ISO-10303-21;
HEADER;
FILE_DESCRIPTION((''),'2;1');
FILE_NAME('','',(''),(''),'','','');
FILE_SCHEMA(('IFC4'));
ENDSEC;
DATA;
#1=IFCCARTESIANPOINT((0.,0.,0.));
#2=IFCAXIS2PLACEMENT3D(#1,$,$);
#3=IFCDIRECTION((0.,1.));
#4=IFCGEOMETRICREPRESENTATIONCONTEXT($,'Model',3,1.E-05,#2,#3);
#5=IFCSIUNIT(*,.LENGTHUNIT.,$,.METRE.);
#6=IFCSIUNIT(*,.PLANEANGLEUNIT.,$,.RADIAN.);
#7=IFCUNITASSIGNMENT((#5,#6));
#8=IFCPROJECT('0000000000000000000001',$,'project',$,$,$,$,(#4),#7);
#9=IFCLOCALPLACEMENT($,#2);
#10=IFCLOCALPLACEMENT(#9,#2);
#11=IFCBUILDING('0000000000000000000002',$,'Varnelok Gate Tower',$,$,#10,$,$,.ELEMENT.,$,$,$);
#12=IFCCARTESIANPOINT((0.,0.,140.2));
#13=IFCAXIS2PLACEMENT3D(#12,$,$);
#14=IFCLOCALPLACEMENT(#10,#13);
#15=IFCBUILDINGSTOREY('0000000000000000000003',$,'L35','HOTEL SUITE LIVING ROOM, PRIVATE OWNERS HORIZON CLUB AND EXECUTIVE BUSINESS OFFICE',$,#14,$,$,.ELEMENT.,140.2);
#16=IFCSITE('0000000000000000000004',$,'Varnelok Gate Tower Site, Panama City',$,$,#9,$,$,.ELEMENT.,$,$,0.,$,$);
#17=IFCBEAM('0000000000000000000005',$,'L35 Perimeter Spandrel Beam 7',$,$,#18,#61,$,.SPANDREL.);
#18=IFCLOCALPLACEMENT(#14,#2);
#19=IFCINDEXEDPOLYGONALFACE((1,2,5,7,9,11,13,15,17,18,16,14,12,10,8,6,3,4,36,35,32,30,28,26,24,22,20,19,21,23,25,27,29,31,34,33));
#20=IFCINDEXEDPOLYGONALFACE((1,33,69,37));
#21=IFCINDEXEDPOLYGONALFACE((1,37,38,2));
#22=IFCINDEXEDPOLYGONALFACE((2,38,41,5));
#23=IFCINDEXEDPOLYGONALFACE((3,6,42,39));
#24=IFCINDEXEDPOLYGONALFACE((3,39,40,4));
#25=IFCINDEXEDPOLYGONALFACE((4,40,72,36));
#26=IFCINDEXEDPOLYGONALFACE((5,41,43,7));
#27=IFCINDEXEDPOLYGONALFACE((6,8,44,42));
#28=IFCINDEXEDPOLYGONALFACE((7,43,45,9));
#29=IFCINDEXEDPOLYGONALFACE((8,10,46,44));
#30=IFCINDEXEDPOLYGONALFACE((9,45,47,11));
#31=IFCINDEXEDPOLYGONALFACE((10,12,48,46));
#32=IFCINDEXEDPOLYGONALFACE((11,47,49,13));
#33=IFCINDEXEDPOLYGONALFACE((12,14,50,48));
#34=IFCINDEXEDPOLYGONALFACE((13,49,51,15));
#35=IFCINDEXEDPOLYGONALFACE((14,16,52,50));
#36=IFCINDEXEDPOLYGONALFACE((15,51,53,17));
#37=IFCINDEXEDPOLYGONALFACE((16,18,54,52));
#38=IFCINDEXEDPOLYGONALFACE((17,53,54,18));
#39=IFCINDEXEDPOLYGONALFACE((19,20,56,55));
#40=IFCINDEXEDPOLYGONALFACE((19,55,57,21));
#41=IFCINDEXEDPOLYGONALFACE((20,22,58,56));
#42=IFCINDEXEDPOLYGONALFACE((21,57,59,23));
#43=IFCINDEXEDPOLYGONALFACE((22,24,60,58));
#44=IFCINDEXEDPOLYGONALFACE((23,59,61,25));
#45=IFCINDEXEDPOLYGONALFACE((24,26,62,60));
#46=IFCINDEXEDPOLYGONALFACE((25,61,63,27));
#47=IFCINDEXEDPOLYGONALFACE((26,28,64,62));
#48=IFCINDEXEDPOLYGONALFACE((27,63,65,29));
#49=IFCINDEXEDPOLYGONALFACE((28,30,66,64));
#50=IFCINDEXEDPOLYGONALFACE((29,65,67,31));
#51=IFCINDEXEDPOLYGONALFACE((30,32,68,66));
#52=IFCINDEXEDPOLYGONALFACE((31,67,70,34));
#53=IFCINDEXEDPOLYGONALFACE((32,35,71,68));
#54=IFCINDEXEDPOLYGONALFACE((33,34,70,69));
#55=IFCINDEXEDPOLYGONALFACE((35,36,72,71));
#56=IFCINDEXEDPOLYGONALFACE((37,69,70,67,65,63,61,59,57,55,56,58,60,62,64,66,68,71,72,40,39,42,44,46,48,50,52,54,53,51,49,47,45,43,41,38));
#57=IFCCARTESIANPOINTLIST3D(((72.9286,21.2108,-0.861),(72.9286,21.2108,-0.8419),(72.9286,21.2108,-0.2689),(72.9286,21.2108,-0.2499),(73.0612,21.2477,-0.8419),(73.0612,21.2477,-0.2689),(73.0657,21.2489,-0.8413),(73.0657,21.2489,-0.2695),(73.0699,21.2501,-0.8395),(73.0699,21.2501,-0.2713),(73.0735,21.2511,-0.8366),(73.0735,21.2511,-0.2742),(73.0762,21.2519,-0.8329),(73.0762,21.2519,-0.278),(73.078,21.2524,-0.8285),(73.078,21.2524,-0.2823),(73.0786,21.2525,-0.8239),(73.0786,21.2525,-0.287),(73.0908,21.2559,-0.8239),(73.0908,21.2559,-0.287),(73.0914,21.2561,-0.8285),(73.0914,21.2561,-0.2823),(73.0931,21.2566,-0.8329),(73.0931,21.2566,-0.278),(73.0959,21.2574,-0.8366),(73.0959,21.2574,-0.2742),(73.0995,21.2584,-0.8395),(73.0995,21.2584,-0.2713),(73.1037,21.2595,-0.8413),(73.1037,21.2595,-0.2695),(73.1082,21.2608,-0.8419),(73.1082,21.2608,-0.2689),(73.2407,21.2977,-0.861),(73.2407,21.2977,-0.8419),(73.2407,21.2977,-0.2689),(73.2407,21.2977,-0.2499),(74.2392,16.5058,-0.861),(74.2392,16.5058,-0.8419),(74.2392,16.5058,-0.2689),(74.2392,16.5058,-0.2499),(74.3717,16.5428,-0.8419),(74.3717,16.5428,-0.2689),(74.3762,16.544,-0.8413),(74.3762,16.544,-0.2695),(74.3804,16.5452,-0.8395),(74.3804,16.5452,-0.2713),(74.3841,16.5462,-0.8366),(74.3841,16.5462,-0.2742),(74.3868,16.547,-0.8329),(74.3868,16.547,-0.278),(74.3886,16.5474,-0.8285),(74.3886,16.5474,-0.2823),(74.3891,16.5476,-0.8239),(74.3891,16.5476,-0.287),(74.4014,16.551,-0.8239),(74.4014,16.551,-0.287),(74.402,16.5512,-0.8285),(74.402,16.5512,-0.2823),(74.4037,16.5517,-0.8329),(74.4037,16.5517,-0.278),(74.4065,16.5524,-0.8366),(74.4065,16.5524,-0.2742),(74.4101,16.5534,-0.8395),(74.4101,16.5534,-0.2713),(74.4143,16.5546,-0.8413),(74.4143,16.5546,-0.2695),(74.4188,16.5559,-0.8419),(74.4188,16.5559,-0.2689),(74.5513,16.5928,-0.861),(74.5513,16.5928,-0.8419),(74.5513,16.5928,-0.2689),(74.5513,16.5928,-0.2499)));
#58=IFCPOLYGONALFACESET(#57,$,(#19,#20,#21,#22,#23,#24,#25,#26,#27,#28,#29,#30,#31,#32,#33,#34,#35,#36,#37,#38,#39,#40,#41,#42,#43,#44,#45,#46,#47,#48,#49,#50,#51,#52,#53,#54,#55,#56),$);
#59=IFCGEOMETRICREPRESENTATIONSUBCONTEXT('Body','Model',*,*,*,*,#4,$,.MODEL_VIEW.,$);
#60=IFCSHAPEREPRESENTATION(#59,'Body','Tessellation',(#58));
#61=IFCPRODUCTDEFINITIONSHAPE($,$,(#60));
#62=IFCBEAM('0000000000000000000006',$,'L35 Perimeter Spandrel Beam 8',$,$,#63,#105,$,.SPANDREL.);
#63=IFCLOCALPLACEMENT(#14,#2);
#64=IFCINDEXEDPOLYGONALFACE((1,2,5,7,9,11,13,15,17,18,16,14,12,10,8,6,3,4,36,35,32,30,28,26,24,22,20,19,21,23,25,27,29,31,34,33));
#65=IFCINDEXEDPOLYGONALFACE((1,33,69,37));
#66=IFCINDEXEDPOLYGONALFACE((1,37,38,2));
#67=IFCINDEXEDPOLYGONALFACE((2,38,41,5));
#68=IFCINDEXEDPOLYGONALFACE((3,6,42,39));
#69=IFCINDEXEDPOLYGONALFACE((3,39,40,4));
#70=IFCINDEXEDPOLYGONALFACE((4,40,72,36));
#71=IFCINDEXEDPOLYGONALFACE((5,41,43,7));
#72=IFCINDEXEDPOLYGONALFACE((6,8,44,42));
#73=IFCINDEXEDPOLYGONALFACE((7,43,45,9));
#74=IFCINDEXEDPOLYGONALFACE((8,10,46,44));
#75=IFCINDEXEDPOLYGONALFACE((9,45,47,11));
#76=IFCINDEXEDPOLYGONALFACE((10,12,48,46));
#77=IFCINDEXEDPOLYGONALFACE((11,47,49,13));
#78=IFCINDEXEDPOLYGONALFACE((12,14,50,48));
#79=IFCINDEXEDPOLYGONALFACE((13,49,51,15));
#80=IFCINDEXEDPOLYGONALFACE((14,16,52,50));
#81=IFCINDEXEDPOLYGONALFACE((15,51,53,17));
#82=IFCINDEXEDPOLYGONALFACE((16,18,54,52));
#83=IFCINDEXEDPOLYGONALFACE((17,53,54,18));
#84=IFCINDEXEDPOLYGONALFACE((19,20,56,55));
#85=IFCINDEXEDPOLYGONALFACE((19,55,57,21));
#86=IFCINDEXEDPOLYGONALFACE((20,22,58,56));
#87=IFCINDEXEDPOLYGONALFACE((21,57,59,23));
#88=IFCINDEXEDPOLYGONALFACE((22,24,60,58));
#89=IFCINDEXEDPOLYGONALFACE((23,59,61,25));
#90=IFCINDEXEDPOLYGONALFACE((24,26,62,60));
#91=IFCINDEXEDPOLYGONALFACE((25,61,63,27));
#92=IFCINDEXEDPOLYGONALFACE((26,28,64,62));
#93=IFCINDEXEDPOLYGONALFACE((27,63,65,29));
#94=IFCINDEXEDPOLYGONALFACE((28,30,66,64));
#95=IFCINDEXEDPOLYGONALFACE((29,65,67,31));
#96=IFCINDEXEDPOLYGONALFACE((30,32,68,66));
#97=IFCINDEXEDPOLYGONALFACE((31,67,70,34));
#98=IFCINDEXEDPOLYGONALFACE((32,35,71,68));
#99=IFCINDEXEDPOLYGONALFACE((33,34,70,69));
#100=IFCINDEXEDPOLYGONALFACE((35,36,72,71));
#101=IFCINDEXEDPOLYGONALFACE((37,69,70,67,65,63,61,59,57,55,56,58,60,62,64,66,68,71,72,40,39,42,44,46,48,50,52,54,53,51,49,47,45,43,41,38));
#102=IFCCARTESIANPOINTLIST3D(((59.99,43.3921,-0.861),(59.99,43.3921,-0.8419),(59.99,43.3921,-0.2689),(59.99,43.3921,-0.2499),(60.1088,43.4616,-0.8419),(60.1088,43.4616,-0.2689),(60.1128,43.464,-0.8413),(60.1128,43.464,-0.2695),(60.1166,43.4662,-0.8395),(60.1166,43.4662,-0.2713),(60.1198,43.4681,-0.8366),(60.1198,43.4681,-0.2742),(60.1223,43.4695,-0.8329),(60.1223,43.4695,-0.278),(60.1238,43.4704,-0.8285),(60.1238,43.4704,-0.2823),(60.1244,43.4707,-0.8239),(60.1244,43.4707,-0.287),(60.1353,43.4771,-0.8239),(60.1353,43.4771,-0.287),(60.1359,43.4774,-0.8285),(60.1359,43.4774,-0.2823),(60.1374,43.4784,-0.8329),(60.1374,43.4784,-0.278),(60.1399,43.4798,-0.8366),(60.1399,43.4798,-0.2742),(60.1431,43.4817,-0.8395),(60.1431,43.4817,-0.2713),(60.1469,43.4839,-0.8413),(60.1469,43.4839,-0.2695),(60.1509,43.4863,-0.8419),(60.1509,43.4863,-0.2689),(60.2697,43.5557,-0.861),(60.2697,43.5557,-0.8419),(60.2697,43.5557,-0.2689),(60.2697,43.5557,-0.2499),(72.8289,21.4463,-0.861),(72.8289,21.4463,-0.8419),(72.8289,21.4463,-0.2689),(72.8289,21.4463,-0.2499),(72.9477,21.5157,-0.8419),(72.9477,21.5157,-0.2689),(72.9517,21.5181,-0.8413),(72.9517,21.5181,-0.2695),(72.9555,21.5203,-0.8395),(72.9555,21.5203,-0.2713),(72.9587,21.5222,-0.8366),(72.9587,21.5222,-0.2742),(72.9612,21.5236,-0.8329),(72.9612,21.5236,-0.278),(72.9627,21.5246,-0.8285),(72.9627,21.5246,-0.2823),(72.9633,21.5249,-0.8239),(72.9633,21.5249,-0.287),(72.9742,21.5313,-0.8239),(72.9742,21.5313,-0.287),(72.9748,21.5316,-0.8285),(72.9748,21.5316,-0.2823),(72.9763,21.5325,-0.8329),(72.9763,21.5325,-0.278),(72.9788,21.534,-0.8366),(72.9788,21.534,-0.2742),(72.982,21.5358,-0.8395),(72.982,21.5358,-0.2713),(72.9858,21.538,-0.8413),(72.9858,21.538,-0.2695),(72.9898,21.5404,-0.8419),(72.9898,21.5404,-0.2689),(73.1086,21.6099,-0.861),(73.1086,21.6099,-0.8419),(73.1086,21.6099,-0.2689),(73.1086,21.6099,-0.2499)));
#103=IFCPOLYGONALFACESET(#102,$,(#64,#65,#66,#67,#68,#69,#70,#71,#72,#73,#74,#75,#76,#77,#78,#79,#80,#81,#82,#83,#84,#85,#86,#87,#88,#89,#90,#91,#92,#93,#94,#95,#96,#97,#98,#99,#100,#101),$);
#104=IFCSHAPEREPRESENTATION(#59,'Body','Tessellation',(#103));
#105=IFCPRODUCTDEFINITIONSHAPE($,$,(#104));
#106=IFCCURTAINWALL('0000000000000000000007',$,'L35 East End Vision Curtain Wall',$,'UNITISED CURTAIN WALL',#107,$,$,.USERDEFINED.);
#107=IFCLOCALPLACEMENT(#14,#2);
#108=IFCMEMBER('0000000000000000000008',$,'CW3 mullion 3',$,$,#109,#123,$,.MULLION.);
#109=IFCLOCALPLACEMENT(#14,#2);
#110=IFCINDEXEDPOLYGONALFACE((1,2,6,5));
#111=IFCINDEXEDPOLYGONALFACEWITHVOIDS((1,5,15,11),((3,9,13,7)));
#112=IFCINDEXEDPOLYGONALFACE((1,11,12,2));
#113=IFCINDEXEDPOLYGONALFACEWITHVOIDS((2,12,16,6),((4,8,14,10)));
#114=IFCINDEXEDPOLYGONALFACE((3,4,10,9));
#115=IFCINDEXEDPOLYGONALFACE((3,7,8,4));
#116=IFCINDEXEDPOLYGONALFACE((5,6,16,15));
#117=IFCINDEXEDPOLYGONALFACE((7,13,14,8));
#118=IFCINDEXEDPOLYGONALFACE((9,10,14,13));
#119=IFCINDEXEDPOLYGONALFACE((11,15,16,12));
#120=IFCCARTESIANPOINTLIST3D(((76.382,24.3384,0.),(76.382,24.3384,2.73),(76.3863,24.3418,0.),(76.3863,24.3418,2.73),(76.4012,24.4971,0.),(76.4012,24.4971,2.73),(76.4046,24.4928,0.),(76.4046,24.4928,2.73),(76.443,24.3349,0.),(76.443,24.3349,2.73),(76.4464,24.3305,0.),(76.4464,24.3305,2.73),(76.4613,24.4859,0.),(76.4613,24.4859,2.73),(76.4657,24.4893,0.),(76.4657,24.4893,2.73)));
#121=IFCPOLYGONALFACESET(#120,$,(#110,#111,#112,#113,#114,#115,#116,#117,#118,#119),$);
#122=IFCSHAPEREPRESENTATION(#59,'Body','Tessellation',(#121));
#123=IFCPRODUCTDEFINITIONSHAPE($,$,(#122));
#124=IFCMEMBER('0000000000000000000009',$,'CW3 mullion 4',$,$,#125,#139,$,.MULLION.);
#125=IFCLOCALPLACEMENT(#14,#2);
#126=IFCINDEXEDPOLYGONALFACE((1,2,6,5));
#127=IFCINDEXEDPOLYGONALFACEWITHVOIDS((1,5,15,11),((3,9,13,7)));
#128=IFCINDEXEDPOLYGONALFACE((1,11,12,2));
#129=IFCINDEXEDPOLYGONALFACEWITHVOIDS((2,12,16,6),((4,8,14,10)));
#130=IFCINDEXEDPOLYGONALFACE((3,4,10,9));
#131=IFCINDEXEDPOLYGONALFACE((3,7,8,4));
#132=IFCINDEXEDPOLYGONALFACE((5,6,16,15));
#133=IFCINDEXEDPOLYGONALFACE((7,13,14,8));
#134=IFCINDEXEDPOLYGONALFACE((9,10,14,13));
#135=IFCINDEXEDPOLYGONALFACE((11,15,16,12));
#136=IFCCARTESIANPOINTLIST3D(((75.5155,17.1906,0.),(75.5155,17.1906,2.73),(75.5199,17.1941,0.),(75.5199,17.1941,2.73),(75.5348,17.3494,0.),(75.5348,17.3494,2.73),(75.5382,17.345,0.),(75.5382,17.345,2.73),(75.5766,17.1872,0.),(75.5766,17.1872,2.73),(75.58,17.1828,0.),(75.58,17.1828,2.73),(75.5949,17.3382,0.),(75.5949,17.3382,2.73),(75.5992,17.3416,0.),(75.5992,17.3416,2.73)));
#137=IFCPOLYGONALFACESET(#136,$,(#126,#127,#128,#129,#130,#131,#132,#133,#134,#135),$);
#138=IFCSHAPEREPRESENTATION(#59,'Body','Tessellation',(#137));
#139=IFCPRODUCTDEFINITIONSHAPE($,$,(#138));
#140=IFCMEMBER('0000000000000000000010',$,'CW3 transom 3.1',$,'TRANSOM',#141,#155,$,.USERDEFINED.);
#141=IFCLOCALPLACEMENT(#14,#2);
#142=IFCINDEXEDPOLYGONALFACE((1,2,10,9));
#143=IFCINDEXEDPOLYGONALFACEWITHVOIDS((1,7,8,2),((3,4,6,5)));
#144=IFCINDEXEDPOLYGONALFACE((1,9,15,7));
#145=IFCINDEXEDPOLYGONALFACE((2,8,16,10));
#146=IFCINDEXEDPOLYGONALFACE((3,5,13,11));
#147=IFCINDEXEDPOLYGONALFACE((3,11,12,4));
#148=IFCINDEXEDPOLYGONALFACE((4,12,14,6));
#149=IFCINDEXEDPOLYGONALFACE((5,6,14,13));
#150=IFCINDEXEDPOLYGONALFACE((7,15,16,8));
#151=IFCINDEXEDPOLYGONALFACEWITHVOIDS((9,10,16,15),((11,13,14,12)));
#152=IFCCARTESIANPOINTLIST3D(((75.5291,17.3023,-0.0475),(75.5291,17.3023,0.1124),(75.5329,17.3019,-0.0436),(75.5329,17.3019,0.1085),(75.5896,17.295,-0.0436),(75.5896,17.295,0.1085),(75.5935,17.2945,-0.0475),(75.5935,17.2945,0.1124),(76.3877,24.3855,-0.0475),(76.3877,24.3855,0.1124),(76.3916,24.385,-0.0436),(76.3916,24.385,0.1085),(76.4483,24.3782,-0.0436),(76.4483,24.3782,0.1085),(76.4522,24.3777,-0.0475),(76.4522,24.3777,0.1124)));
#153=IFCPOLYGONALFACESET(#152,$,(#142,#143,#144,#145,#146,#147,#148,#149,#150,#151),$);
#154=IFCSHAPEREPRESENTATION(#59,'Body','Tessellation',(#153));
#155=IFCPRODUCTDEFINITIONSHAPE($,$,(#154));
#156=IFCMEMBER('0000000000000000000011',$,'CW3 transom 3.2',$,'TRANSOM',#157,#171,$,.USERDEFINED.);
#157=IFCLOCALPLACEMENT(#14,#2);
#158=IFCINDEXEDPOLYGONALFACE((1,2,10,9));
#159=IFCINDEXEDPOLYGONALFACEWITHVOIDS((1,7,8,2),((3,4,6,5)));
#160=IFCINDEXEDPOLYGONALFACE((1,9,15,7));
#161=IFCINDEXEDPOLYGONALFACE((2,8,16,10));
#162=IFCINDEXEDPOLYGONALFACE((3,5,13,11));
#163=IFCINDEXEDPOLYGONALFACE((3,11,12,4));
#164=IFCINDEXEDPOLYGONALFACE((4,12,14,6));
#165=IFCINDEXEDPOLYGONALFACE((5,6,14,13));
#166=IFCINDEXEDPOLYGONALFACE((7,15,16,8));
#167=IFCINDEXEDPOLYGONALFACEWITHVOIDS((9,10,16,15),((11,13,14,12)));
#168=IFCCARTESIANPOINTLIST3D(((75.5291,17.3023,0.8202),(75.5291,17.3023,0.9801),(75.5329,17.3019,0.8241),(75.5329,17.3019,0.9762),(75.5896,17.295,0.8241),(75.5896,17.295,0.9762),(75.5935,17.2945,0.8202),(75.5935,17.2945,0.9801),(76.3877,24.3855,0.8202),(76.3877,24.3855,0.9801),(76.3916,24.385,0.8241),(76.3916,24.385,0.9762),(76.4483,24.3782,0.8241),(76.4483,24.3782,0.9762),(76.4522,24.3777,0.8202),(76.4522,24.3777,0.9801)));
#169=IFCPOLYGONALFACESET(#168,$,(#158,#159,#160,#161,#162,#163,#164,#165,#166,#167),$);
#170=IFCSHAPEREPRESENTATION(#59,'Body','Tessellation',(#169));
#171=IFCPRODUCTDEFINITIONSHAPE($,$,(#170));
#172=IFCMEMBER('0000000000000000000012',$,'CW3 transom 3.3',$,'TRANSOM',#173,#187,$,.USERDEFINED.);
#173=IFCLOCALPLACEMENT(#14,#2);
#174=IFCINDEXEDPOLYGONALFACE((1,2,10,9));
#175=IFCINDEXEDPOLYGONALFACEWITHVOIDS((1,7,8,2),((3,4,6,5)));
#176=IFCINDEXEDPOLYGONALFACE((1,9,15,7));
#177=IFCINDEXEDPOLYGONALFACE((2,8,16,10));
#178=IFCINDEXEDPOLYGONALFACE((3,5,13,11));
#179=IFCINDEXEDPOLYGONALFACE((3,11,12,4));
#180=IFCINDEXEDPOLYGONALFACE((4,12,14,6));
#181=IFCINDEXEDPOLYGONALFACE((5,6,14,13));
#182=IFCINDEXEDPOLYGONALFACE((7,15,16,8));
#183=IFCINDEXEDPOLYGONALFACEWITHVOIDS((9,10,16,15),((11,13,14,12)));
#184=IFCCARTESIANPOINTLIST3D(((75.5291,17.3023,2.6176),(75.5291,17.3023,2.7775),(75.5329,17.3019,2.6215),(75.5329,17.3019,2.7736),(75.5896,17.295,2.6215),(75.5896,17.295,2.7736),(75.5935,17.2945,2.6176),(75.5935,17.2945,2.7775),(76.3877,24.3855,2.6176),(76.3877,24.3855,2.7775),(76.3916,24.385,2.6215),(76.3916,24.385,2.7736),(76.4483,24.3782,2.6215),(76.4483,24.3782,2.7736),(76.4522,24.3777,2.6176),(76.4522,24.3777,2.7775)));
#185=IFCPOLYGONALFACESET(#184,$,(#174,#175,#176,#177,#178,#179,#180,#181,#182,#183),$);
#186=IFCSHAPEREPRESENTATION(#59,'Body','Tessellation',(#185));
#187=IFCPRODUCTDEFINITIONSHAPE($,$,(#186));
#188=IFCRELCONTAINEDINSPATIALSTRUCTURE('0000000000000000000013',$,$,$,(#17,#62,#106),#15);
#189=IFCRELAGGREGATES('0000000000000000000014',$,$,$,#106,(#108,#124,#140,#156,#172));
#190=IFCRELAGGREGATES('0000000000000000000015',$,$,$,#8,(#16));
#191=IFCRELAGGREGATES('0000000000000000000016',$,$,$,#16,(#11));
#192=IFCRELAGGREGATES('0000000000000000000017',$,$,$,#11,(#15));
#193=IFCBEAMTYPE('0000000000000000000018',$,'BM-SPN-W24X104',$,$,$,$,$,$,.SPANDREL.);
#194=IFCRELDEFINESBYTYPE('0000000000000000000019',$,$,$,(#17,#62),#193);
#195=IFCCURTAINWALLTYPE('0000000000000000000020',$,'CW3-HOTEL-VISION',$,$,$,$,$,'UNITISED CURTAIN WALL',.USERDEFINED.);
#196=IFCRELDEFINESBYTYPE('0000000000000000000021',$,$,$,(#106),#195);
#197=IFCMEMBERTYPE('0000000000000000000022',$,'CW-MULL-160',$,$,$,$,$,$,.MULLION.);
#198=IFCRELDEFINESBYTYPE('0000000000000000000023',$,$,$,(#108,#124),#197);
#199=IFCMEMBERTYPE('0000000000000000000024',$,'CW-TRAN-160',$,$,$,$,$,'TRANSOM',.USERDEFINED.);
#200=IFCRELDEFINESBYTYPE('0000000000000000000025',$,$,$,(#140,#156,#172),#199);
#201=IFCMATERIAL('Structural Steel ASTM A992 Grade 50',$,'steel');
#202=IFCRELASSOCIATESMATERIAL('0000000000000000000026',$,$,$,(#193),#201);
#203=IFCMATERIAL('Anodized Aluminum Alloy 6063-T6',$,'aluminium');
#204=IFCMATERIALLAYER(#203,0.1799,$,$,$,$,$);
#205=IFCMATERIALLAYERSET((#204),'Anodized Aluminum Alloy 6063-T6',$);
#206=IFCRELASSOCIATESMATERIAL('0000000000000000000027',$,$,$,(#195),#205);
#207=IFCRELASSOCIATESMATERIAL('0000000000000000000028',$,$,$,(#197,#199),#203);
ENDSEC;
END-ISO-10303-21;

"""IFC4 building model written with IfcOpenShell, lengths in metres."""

from ifc_helpers import new_model, si_unit, direction, frame, origin, origin_2d, place, context, subcontext, project, spatial, hollow_rectangle, i_section, extrude, material, layer, layer_set, material_profile, profile_set, type_object, element, aggregate, save


model = new_model("IFC4")

# Units and contexts
model_context = context("Model", 3, precision=1e-05, world=origin(), true_north=direction((0.0, 1.0)))
body_context = subcontext(model_context, "Body", "Model", "MODEL_VIEW")
ifc_project = project(units=[si_unit("LENGTHUNIT", "METRE"), si_unit("PLANEANGLEUNIT", "RADIAN")], contexts=[model_context])

# Site, building, storey
site_placement = place(None, origin())
site = spatial("IfcSite", under=ifc_project, at=site_placement, Name="Varnelok Gate Tower Site, Panama City", CompositionType="ELEMENT", RefElevation=0.0)
building_placement = place(site_placement, origin())
building = spatial("IfcBuilding", under=site, at=building_placement, Name="Varnelok Gate Tower", CompositionType="ELEMENT")
storey_placement = place(building_placement, frame((0.0, 0.0, 140.2)))
storey = spatial("IfcBuildingStorey", under=building, at=storey_placement, Name="L35", Description="HOTEL SUITE LIVING ROOM, PRIVATE OWNERS HORIZON CLUB AND EXECUTIVE BUSINESS OFFICE", CompositionType="ELEMENT", Elevation=140.2)

# Shared definitions
ifc_material_1 = material(Name="Structural Steel ASTM A992 Grade 50", Category="steel")

# Beams
ifc_material_profile_1 = material_profile(ifc_material_1, i_section(OverallWidth=0.324, OverallDepth=0.6111, WebThickness=0.0127, FlangeThickness=0.019, FilletRadius=0.0181, at=origin_2d()), Name="W24X104")
ifc_profile_set_1 = profile_set([ifc_material_profile_1], Name="Structural Steel ASTM A992 Grade 50")
beam_type_1 = type_object("IfcBeamType", Name="BM-SPN-W24X104", PredefinedType="SPANDREL", material=ifc_profile_set_1)
beam_1_placement = place(storey_placement, frame((74.3953, 16.5493, -0.5554), z_axis=(-0.268337, 0.963325, 0.0), x_axis=(-0.963325, -0.268337, 0.0)))
element("IfcBeam", 1, at=beam_1_placement, inside=storey, type_object=beam_type_1, Name="L35 Perimeter Spandrel Beam 7", PredefinedType="SPANDREL", context=body_context, shape_type="SweptSolid", body=[
    extrude(i_section(OverallWidth=0.324, OverallDepth=0.6111, WebThickness=0.0127, FlangeThickness=0.019, FilletRadius=0.0181, at=origin_2d()), origin(), (0.0, 0.0, 1.0), 4.884),
])
beam_2_placement = place(storey_placement, frame((72.9688, 21.5281, -0.5554), z_axis=(-0.504961, 0.863142, 0.0), x_axis=(-0.863142, -0.504961, 0.0)))
element("IfcBeam", 2, at=beam_2_placement, inside=storey, type_object=beam_type_1, Name="L35 Perimeter Spandrel Beam 8", PredefinedType="SPANDREL", context=body_context, shape_type="SweptSolid", body=[
    extrude(i_section(OverallWidth=0.324, OverallDepth=0.6111, WebThickness=0.0127, FlangeThickness=0.019, FilletRadius=0.0181, at=origin_2d()), origin(), (0.0, 0.0, 1.0), 25.4255),
])

# Curtain wall, members
ifc_material_2 = material(Name="Anodized Aluminum Alloy 6063-T6", Category="aluminium")
ifc_layer_1 = layer(ifc_material_2, 0.1799)
ifc_layer_set_1 = layer_set([ifc_layer_1], Name="Anodized Aluminum Alloy 6063-T6")
curtain_wall_type = type_object("IfcCurtainWallType", Name="CW3-HOTEL-VISION", ElementType="UNITISED CURTAIN WALL", PredefinedType="USERDEFINED", material=ifc_layer_set_1)
curtain_wall_placement = place(storey_placement, origin())
curtain_wall = element("IfcCurtainWall", 3, at=curtain_wall_placement, inside=storey, type_object=curtain_wall_type, Name="L35 East End Vision Curtain Wall", ObjectType="UNITISED CURTAIN WALL", PredefinedType="USERDEFINED")
ifc_material_profile_2 = material_profile(ifc_material_2, hollow_rectangle(XDim=0.0649, YDim=0.1599, WallThickness=0.0039, at=origin_2d()), Name="ALU160X65X4")
ifc_profile_set_2 = profile_set([ifc_material_profile_2], Name="Anodized Aluminum Alloy 6063-T6")
member_type_1 = type_object("IfcMemberType", Name="CW-MULL-160", PredefinedType="MULLION", material=ifc_profile_set_2)
member_1_placement = place(storey_placement, frame((76.4238, 24.4138, 0.0), z_axis=(0.0, 0.0, 1.0), x_axis=(0.992732, -0.120347, 0.0)))
member_1 = element("IfcMember", 4, at=member_1_placement, type_object=member_type_1, Name="CW3 mullion 3", PredefinedType="MULLION", context=body_context, shape_type="SweptSolid", body=[
    extrude(hollow_rectangle(XDim=0.0649, YDim=0.1599, WallThickness=0.0039, at=origin_2d()), origin(), (0.0, 0.0, 1.0), 2.73),
])
member_2_placement = place(storey_placement, frame((75.5574, 17.2661, 0.0), z_axis=(0.0, 0.0, 1.0), x_axis=(0.992732, -0.120347, 0.0)))
member_2 = element("IfcMember", 5, at=member_2_placement, type_object=member_type_1, Name="CW3 mullion 4", PredefinedType="MULLION", context=body_context, shape_type="SweptSolid", body=[
    extrude(hollow_rectangle(XDim=0.0649, YDim=0.1599, WallThickness=0.0039, at=origin_2d()), origin(), (0.0, 0.0, 1.0), 2.73),
])
ifc_material_profile_3 = material_profile(ifc_material_2, hollow_rectangle(XDim=0.0649, YDim=0.1599, WallThickness=0.0039, at=origin_2d()), Name="ALU160X65X4")
ifc_profile_set_3 = profile_set([ifc_material_profile_3], Name="Anodized Aluminum Alloy 6063-T6")
member_type_2 = type_object("IfcMemberType", Name="CW-TRAN-160", ElementType="TRANSOM", PredefinedType="USERDEFINED", material=ifc_profile_set_3)
member_3_placement = place(storey_placement, frame((76.4199, 24.3816, 0.0325), z_axis=(-0.120341, -0.992733, 0.0), x_axis=(0.992733, -0.120341, 0.0)))
member_3 = element("IfcMember", 6, at=member_3_placement, type_object=member_type_2, Name="CW3 transom 3.1", ObjectType="TRANSOM", PredefinedType="USERDEFINED", context=body_context, shape_type="SweptSolid", body=[
    extrude(hollow_rectangle(XDim=0.0649, YDim=0.1599, WallThickness=0.0039, at=origin_2d()), origin(), (0.0, 0.0, 1.0), 7.135),
])
member_4_placement = place(storey_placement, frame((76.4199, 24.3816, 0.9001), z_axis=(-0.120341, -0.992733, 0.0), x_axis=(0.992733, -0.120341, 0.0)))
member_4 = element("IfcMember", 7, at=member_4_placement, type_object=member_type_2, Name="CW3 transom 3.2", ObjectType="TRANSOM", PredefinedType="USERDEFINED", context=body_context, shape_type="SweptSolid", body=[
    extrude(hollow_rectangle(XDim=0.0649, YDim=0.1599, WallThickness=0.0039, at=origin_2d()), origin(), (0.0, 0.0, 1.0), 7.135),
])
member_5_placement = place(storey_placement, frame((76.4199, 24.3816, 2.6975), z_axis=(-0.120341, -0.992733, 0.0), x_axis=(0.992733, -0.120341, 0.0)))
member_5 = element("IfcMember", 8, at=member_5_placement, type_object=member_type_2, Name="CW3 transom 3.3", ObjectType="TRANSOM", PredefinedType="USERDEFINED", context=body_context, shape_type="SweptSolid", body=[
    extrude(hollow_rectangle(XDim=0.0649, YDim=0.1599, WallThickness=0.0039, at=origin_2d()), origin(), (0.0, 0.0, 1.0), 7.135),
])
aggregate(curtain_wall, [member_1, member_2, member_3, member_4, member_5])

save(model, "model.ifc")
